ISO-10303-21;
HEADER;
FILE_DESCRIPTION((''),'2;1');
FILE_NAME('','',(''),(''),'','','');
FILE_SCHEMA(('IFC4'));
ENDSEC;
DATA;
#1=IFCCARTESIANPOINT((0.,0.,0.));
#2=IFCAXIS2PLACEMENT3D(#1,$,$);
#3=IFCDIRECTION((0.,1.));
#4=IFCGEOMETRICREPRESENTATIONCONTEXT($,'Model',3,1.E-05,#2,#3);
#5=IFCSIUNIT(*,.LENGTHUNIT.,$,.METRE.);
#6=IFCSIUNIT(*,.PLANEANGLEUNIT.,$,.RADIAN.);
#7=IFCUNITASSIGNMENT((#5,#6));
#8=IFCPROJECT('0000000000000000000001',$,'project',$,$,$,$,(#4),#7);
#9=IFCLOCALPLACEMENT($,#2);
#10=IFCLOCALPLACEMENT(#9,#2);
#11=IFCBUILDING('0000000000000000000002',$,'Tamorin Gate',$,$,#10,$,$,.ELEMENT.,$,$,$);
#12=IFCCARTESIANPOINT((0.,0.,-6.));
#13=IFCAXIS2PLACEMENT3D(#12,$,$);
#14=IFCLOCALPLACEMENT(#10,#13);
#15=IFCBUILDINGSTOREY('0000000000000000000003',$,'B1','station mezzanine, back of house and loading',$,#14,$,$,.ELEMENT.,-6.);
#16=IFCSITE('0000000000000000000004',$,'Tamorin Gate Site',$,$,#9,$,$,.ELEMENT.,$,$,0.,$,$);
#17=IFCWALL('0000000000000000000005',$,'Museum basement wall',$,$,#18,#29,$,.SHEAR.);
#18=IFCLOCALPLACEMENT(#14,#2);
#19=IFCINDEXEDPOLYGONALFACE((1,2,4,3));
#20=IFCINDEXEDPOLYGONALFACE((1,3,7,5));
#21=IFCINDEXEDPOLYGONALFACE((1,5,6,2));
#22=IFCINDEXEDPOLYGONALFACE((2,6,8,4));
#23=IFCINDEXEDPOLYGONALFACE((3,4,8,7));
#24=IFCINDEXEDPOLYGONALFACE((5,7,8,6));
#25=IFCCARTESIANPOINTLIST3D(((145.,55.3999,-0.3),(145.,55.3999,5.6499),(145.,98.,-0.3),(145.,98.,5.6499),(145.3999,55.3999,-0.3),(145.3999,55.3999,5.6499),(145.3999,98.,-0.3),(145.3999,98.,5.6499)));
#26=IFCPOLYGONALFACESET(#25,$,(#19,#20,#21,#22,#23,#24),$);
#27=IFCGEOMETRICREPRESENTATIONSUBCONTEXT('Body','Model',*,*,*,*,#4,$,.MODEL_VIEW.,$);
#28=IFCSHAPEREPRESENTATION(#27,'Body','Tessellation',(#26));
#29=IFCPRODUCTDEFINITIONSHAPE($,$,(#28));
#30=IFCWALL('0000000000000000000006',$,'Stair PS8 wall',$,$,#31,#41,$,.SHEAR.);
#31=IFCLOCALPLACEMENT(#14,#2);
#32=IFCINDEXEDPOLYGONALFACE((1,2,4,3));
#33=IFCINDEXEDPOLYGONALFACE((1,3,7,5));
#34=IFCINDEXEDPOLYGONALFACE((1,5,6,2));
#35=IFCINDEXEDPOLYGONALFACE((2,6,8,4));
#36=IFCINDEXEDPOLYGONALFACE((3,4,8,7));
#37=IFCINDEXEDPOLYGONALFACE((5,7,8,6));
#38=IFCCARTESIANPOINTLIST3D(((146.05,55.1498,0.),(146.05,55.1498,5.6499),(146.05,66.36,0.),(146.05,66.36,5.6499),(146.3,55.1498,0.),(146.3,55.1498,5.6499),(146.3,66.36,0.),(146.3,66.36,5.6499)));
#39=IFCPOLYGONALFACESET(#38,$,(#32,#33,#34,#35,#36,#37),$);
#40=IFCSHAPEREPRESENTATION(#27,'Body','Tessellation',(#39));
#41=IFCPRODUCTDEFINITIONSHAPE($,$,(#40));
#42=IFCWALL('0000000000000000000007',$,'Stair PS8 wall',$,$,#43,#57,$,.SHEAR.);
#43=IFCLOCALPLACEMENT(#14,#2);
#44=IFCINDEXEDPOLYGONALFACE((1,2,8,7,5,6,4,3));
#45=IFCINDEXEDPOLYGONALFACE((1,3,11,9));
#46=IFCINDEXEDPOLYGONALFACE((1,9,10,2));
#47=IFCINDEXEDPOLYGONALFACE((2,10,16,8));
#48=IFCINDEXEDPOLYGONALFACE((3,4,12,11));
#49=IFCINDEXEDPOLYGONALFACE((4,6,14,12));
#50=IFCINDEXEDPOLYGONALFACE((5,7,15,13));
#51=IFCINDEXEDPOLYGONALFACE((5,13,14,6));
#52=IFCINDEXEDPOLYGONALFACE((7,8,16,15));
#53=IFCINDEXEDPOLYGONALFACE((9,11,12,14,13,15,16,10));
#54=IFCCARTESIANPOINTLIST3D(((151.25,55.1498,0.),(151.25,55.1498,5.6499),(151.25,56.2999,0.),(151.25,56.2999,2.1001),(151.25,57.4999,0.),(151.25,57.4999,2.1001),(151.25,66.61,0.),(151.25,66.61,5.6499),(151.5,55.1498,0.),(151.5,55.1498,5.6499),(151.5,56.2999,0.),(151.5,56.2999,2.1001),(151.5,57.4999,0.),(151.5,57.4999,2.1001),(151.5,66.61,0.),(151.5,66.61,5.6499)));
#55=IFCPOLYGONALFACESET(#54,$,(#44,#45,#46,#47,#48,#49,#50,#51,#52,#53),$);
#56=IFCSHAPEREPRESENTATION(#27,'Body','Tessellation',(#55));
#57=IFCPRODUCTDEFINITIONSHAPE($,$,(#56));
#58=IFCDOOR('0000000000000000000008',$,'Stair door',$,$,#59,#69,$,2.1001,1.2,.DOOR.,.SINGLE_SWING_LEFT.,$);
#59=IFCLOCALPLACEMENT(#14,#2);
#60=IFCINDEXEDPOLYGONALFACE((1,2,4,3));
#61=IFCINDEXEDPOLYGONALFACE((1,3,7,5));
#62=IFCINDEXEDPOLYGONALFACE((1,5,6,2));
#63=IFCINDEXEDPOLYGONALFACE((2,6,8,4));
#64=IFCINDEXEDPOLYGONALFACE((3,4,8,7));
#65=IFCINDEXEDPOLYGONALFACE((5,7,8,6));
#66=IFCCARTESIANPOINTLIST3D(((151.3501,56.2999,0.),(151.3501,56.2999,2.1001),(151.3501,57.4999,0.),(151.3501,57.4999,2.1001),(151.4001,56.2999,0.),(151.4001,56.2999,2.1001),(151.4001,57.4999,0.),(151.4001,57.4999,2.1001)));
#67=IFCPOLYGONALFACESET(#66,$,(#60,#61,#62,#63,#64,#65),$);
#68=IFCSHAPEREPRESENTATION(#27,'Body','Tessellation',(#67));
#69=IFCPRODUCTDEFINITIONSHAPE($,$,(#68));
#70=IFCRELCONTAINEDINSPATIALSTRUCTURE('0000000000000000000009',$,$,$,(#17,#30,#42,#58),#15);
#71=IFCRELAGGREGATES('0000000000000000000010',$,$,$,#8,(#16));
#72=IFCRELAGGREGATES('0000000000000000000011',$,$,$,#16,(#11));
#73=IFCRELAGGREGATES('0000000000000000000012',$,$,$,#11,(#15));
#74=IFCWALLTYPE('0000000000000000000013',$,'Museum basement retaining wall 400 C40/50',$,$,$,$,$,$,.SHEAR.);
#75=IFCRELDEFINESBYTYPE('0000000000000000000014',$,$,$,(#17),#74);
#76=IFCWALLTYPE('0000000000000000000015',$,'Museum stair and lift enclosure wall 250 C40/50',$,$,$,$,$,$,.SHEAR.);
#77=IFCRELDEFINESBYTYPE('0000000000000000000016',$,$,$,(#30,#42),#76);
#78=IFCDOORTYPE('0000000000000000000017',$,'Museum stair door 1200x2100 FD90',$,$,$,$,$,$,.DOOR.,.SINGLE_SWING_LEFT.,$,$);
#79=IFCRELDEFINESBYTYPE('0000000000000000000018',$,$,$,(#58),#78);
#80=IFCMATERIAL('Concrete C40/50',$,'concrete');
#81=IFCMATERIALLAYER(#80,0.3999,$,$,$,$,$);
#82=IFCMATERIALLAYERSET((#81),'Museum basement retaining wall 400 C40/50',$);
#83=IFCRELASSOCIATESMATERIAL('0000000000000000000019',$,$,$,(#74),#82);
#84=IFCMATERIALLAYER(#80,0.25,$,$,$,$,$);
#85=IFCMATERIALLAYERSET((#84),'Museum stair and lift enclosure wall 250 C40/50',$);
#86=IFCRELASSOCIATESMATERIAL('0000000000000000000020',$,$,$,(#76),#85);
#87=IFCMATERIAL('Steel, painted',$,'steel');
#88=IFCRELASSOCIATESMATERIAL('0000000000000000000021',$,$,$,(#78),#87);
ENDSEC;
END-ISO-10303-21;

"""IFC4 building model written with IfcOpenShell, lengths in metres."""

from ifc_helpers import new_model, si_unit, direction, frame, frame_2d, origin, place, context, subcontext, project, spatial, rectangle, extrude, material, layer, layer_set, type_object, element, fill, save


model = new_model("IFC4")

# Units and contexts
model_context = context("Model", 3, precision=1e-05, world=origin(), true_north=direction((0.0, 1.0)))
body_context = subcontext(model_context, "Body", "Model", "MODEL_VIEW")
ifc_project = project(units=[si_unit("LENGTHUNIT", "METRE"), si_unit("PLANEANGLEUNIT", "RADIAN")], contexts=[model_context])

# Site, building, storey
site_placement = place(None, origin())
site = spatial("IfcSite", under=ifc_project, at=site_placement, Name="Tamorin Gate Site", CompositionType="ELEMENT", RefElevation=0.0)
building_placement = place(site_placement, origin())
building = spatial("IfcBuilding", under=site, at=building_placement, Name="Tamorin Gate", CompositionType="ELEMENT")
storey_placement = place(building_placement, frame((0.0, 0.0, -6.0)))
storey = spatial("IfcBuildingStorey", under=building, at=storey_placement, Name="B1", Description="station mezzanine, back of house and loading", CompositionType="ELEMENT", Elevation=-6.0)

# Shared definitions
ifc_material_1 = material(Name="Concrete C40/50", Category="concrete")

# Walls
ifc_layer_1 = layer(ifc_material_1, 0.3999)
ifc_layer_set_1 = layer_set([ifc_layer_1], Name="Museum basement retaining wall 400 C40/50")
wall_type_1 = type_object("IfcWallType", Name="Museum basement retaining wall 400 C40/50", PredefinedType="SHEAR", material=ifc_layer_set_1)
wall_1_placement = place(storey_placement, frame((145.2, 55.3999, -0.3), z_axis=(0.0, 0.0, 1.0), x_axis=(0.0, 1.0, 0.0)))
element("IfcWall", 1, at=wall_1_placement, inside=storey, type_object=wall_type_1, Name="Museum basement wall", PredefinedType="SHEAR", context=body_context, shape_type="SweptSolid", body=[
    extrude(rectangle(XDim=42.6001, YDim=0.3999, at=frame_2d((21.3, 0.0))), origin(), (0.0, 0.0, 1.0), 5.95),
])
ifc_layer_2 = layer(ifc_material_1, 0.25)
ifc_layer_set_2 = layer_set([ifc_layer_2], Name="Museum stair and lift enclosure wall 250 C40/50")
wall_type_2 = type_object("IfcWallType", Name="Museum stair and lift enclosure wall 250 C40/50", PredefinedType="SHEAR", material=ifc_layer_set_2)
wall_2_placement = place(storey_placement, frame((146.175, 55.1499, 0.0), z_axis=(0.0, 0.0, 1.0), x_axis=(0.0, 1.0, 0.0)))
element("IfcWall", 2, at=wall_2_placement, inside=storey, type_object=wall_type_2, Name="Stair PS8 wall", PredefinedType="SHEAR", context=body_context, shape_type="SweptSolid", body=[
    extrude(rectangle(XDim=11.2102, YDim=0.25, at=frame_2d((5.605, 0.0))), origin(), (0.0, 0.0, 1.0), 5.6499),
])

# Wall, opening, door
wall_3_placement = place(storey_placement, frame((151.375, 55.1499, 0.0), z_axis=(0.0, 0.0, 1.0), x_axis=(0.0, 1.0, 0.0)))
wall_3 = element("IfcWall", 3, at=wall_3_placement, inside=storey, type_object=wall_type_2, Name="Stair PS8 wall", PredefinedType="SHEAR", context=body_context, shape_type="SweptSolid", body=[
    extrude(rectangle(XDim=11.4602, YDim=0.25, at=frame_2d((5.73, 0.0))), origin(), (0.0, 0.0, 1.0), 5.6499),
])
opening_placement = place(wall_3_placement, frame((1.1499, 0.0, 0.0)))
opening = element("IfcOpeningElement", 4, at=opening_placement, cuts=wall_3, PredefinedType="OPENING", context=body_context, shape_type="SweptSolid", body=[
    extrude(rectangle(XDim=1.2, YDim=2.1001, at=frame_2d((0.6001, 1.05))), frame((0.0, 0.135, 0.0), z_axis=(0.0, -1.0, 0.0), x_axis=(1.0, 0.0, 0.0)), (0.0, 0.0, 1.0), 0.27),
])
ifc_material_2 = material(Name="Steel, painted", Category="steel")
door_type = type_object("IfcDoorType", Name="Museum stair door 1200x2100 FD90", OperationType="SINGLE_SWING_LEFT", PredefinedType="DOOR", material=ifc_material_2)
door_placement = place(opening_placement, origin())
door = element("IfcDoor", 5, at=door_placement, inside=storey, type_object=door_type, Name="Stair door", OperationType="SINGLE_SWING_LEFT", OverallHeight=2.1001, OverallWidth=1.2, PredefinedType="DOOR", context=body_context, shape_type="SweptSolid", body=[
    extrude(rectangle(XDim=1.2, YDim=2.1001, at=frame_2d((0.6001, 1.05))), frame((0.0, 0.0249, 0.0), z_axis=(0.0, -1.0, 0.0), x_axis=(1.0, 0.0, 0.0)), (0.0, 0.0, 1.0), 0.05),
])
fill(opening, door)

save(model, "model.ifc")
